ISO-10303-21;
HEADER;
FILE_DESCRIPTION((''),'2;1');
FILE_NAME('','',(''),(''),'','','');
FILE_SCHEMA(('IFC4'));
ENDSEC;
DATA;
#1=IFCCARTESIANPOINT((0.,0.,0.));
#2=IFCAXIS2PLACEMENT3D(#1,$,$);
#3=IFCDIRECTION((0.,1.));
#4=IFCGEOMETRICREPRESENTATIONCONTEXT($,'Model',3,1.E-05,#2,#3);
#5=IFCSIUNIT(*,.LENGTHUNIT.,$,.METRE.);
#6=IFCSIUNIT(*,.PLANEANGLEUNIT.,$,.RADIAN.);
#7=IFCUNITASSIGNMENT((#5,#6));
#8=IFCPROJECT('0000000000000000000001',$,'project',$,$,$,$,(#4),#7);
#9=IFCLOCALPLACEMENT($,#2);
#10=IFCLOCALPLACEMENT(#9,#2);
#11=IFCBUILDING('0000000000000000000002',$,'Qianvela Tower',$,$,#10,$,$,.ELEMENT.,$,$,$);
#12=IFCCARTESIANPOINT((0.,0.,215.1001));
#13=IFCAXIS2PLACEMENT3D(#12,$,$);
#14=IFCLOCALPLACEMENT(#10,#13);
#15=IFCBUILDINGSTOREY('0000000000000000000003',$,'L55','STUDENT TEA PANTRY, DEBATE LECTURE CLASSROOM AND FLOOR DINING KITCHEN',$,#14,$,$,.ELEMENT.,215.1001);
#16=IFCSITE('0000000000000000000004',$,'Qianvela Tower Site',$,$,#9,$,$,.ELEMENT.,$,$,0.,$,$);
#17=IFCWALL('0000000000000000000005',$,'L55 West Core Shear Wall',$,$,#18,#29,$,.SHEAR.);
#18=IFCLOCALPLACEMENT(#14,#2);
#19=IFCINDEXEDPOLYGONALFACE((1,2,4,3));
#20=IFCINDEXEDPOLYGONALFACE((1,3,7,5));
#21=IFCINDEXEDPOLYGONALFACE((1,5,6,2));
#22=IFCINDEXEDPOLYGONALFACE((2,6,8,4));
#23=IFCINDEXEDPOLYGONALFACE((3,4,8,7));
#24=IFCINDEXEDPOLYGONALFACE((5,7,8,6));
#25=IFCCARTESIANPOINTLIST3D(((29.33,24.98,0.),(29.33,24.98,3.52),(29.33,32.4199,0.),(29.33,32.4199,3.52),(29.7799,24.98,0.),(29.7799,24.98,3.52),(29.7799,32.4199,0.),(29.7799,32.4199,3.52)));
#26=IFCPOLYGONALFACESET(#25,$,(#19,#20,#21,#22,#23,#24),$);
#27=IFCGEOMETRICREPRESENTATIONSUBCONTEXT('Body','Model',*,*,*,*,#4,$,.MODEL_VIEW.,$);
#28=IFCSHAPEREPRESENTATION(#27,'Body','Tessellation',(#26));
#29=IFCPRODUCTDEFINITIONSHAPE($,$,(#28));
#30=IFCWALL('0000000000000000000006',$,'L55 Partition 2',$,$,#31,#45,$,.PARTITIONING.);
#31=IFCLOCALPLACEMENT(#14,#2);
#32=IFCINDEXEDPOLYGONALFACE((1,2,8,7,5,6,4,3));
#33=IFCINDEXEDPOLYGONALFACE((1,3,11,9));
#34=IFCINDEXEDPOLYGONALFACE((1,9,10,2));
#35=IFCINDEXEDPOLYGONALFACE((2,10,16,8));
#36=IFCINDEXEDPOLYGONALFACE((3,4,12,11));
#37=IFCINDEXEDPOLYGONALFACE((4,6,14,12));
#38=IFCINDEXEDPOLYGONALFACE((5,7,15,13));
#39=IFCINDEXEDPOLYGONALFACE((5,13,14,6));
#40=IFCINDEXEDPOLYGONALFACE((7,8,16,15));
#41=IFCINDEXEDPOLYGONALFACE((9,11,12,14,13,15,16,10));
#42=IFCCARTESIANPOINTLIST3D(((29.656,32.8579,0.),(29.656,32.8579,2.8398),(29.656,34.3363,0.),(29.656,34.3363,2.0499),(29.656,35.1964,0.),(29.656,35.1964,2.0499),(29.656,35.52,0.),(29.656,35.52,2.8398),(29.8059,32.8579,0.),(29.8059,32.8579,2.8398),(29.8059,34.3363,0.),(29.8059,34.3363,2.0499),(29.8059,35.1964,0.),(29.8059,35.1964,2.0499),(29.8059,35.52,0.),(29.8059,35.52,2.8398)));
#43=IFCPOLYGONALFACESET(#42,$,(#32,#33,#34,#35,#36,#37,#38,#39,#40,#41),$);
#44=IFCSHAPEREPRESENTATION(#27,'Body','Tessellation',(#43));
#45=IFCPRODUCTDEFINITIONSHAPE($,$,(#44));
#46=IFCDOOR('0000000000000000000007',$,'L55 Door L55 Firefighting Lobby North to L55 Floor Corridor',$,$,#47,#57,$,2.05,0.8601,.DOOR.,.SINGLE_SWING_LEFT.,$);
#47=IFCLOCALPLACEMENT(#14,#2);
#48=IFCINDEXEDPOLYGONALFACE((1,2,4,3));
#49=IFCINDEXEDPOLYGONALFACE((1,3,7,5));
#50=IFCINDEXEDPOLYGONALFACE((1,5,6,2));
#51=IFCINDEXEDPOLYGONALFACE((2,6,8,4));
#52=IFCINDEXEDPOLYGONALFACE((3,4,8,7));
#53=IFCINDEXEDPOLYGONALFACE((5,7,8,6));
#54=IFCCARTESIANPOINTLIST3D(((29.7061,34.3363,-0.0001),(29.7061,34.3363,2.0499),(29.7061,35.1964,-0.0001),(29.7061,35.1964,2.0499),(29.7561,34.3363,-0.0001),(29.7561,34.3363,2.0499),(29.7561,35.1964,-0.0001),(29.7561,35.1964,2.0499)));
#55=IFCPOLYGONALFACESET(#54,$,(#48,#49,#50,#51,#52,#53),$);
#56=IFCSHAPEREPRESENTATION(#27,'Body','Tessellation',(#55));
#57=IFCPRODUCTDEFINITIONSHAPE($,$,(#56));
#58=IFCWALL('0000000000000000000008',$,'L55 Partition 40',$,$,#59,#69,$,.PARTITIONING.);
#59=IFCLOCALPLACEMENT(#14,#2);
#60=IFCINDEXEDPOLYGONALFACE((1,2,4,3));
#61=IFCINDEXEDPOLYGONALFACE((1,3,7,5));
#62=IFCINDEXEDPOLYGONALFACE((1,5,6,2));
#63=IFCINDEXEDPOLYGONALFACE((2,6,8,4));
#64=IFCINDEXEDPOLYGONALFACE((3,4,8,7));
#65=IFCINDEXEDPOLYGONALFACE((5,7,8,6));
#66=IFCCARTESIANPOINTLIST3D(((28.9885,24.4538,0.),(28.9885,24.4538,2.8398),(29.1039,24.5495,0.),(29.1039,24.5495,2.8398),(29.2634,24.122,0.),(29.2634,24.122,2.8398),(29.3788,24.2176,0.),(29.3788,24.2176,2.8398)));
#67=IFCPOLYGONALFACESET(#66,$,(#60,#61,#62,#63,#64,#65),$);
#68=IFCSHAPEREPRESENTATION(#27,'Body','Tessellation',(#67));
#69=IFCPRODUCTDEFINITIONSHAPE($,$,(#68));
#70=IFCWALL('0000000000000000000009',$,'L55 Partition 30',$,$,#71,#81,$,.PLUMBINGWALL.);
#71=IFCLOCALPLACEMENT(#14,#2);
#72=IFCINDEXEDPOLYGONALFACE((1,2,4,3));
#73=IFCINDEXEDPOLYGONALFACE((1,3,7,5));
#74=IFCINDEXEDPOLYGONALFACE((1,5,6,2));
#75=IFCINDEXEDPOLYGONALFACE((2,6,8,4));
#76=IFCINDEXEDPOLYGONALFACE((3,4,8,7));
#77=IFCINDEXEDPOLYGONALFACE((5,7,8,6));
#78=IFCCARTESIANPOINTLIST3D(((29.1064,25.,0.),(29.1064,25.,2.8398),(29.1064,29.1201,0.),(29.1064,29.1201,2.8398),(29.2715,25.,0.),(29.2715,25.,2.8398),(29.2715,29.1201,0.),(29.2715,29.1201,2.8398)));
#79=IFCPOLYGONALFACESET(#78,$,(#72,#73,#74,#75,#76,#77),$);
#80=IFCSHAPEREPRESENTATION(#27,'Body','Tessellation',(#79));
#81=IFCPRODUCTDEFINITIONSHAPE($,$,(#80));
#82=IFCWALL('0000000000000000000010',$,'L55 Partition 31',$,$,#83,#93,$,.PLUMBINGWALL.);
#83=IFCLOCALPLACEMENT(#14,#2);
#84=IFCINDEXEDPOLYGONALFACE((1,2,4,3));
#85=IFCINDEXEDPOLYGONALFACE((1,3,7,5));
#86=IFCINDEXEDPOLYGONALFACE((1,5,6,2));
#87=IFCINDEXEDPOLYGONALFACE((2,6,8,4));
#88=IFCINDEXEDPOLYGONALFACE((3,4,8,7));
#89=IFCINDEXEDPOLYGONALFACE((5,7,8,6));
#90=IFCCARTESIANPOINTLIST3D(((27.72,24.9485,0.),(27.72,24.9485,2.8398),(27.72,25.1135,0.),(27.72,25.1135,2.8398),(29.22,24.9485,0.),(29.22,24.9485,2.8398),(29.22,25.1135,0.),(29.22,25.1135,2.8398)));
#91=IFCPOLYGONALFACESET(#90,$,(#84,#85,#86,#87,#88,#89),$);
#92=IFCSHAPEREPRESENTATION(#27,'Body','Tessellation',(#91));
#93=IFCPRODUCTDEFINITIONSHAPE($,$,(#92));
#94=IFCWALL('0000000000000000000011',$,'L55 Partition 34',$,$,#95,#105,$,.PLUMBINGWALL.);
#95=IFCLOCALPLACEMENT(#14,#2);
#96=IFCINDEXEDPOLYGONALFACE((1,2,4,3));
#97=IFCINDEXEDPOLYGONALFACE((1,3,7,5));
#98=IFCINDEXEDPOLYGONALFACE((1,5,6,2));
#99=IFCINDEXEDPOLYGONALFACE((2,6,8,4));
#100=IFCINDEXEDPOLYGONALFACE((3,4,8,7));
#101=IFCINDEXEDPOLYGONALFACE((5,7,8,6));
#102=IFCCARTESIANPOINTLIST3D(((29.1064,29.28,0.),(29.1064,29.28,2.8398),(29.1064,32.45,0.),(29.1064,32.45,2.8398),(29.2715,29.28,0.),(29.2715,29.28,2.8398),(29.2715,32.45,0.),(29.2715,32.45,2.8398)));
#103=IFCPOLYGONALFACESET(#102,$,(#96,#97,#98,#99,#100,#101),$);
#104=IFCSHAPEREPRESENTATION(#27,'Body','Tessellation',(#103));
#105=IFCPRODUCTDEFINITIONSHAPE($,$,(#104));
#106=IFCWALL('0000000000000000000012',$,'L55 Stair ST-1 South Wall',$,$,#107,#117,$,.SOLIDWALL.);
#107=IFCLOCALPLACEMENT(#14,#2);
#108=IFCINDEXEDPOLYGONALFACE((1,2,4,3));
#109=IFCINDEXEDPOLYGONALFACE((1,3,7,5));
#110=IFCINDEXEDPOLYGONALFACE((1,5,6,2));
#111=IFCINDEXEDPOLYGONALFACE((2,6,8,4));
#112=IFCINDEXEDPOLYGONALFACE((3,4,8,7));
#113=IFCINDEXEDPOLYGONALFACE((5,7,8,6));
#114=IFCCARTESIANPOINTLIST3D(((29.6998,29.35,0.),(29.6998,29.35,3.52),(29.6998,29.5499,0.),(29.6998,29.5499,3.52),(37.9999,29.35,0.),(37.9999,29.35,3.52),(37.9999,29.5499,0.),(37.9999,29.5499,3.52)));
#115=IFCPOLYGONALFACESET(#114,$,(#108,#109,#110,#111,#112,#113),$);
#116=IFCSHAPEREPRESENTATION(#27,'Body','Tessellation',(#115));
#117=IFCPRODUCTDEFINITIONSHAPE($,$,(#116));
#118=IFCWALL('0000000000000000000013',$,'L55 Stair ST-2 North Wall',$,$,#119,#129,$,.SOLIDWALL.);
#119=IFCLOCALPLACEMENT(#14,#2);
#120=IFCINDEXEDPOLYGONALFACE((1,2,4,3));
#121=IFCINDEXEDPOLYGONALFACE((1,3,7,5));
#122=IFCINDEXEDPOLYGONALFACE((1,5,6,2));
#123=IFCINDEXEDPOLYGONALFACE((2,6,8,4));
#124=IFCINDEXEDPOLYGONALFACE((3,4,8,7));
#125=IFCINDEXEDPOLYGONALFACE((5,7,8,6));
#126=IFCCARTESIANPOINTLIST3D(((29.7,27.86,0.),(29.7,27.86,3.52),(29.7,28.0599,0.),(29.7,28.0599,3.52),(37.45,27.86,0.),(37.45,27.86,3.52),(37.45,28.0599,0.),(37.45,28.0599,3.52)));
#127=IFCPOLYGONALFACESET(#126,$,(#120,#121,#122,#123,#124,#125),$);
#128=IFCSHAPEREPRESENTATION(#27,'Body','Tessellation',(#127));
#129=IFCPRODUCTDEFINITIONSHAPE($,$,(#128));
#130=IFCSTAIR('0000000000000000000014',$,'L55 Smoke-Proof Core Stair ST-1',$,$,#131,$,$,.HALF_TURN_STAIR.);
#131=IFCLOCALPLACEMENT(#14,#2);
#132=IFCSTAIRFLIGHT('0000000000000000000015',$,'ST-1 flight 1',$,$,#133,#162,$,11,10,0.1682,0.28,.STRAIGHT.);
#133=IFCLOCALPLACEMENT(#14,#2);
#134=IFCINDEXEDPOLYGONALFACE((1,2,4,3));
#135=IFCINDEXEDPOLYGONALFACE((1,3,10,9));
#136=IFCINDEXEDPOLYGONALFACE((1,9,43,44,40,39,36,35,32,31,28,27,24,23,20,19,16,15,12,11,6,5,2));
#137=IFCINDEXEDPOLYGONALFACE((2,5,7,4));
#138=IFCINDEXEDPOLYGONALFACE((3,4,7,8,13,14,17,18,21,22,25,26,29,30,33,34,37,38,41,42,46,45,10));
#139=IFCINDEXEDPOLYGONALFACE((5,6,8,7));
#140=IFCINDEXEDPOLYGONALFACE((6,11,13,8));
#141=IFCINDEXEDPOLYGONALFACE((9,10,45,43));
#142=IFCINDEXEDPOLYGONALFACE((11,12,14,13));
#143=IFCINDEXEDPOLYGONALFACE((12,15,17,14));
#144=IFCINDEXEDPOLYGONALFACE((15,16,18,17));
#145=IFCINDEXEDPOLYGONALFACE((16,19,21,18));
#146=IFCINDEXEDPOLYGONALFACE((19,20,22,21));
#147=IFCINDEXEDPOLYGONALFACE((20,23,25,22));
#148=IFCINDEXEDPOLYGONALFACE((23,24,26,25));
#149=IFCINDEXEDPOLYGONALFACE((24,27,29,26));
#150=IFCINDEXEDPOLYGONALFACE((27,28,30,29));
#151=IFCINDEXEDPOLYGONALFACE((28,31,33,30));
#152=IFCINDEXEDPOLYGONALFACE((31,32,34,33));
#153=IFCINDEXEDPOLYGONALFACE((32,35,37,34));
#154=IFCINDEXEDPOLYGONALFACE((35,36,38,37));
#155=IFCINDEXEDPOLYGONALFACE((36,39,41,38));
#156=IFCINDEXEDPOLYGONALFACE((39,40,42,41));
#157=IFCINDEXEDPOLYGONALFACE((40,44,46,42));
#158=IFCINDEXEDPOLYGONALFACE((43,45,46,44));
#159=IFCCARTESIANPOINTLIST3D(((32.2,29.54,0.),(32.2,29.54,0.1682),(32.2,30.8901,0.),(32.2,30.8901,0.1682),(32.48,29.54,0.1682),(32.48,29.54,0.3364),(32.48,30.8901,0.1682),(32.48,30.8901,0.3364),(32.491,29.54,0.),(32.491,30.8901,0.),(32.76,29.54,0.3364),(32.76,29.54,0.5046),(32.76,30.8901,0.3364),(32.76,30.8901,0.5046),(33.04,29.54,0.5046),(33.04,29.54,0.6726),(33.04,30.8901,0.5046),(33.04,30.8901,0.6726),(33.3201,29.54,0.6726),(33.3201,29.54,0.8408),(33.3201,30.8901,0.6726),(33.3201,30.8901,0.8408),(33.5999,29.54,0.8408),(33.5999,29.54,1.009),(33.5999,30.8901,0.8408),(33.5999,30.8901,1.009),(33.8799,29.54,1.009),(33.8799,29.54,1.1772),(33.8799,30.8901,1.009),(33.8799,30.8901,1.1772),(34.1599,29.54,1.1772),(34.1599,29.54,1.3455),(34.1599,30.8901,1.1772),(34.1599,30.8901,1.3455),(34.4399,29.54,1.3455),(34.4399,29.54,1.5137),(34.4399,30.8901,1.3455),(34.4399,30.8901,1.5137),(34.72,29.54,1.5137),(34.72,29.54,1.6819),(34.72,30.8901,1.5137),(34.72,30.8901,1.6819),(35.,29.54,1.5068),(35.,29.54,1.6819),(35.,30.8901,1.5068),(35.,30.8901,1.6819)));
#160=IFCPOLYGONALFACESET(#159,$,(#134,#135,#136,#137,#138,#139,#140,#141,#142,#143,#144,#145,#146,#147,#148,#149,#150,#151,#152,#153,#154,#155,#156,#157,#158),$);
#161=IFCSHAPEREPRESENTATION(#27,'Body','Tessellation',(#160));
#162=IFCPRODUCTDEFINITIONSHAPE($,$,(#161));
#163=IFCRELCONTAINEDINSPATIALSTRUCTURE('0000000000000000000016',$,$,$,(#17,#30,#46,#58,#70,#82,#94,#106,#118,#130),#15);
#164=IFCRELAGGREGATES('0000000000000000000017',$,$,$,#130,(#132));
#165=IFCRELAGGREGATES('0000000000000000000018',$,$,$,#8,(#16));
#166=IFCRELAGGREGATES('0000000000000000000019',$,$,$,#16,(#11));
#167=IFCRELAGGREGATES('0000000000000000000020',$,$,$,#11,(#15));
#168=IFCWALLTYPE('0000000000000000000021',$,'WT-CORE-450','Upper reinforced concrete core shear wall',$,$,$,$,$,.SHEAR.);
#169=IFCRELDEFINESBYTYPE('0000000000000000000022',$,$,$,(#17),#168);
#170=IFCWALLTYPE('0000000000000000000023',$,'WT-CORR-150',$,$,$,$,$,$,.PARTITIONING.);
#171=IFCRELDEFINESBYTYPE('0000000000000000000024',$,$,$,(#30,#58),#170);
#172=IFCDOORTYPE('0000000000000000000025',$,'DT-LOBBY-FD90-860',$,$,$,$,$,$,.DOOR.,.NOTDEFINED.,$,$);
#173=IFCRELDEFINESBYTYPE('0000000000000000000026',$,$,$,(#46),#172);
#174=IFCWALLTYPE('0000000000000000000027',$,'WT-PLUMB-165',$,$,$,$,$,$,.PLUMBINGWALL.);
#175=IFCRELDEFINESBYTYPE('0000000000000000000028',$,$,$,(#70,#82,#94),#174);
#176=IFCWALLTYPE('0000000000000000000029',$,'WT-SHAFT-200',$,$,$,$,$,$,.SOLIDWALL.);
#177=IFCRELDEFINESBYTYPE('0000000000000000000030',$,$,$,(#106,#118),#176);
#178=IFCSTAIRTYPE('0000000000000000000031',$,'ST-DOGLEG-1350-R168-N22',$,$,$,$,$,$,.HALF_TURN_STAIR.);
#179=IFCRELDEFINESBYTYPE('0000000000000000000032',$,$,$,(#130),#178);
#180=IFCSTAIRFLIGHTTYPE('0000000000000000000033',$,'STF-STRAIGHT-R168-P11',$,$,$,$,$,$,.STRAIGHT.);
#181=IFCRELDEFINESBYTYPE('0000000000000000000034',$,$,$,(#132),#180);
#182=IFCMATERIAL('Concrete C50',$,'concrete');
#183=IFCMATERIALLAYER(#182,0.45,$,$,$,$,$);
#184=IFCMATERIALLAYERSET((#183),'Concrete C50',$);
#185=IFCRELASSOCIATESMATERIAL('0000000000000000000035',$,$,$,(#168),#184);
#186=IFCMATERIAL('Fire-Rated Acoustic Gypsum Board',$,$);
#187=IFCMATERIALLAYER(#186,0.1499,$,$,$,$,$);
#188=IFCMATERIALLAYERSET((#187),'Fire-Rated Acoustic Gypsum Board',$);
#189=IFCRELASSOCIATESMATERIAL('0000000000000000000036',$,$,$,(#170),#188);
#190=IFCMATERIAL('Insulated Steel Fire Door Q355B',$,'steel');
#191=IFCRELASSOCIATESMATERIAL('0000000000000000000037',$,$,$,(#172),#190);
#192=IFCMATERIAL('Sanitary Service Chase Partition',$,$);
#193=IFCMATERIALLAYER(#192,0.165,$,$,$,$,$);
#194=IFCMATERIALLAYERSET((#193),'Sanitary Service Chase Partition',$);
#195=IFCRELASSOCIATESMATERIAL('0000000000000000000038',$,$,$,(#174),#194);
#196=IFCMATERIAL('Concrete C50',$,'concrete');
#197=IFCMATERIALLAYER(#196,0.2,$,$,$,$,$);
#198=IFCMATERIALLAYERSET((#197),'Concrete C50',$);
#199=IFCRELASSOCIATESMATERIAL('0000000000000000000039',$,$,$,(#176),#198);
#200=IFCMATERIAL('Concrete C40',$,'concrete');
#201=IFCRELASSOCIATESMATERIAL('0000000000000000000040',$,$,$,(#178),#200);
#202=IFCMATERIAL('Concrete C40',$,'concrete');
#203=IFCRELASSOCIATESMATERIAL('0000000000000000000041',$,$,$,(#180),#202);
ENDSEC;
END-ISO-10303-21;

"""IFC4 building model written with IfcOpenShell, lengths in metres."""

from ifc_helpers import new_model, si_unit, direction, frame, frame_2d, origin, place, context, subcontext, project, spatial, polyline, rectangle, outline, extrude, material, layer, layer_set, type_object, element, fill, aggregate, save


model = new_model("IFC4")

# Units and contexts
model_context = context("Model", 3, precision=1e-05, world=origin(), true_north=direction((0.0, 1.0)))
body_context = subcontext(model_context, "Body", "Model", "MODEL_VIEW")
ifc_project = project(units=[si_unit("LENGTHUNIT", "METRE"), si_unit("PLANEANGLEUNIT", "RADIAN")], contexts=[model_context])

# Site, building, storey
site_placement = place(None, origin())
site = spatial("IfcSite", under=ifc_project, at=site_placement, Name="Qianvela Tower Site", CompositionType="ELEMENT", RefElevation=0.0)
building_placement = place(site_placement, origin())
building = spatial("IfcBuilding", under=site, at=building_placement, Name="Qianvela Tower", CompositionType="ELEMENT")
storey_placement = place(building_placement, frame((0.0, 0.0, 215.1001)))
storey = spatial("IfcBuildingStorey", under=building, at=storey_placement, Name="L55", Description="STUDENT TEA PANTRY, DEBATE LECTURE CLASSROOM AND FLOOR DINING KITCHEN", CompositionType="ELEMENT", Elevation=215.1001)

# Shared definitions
ifc_material_1 = material(Name="Concrete C50", Category="concrete")
ifc_layer_1 = layer(ifc_material_1, 0.45)
ifc_layer_set_1 = layer_set([ifc_layer_1], Name="Concrete C50")
wall_type_1 = type_object("IfcWallType", Name="WT-CORE-450", Description="Upper reinforced concrete core shear wall", PredefinedType="SHEAR", material=ifc_layer_set_1)

# Wall
wall_1_placement = place(storey_placement, frame((29.5549, 24.98, 0.0), z_axis=(0.0, 0.0, 1.0), x_axis=(0.0, 1.0, 0.0)))
element("IfcWall", 1, at=wall_1_placement, inside=storey, type_object=wall_type_1, Name="L55 West Core Shear Wall", PredefinedType="SHEAR", context=body_context, shape_type="SweptSolid", body=[
    extrude(rectangle(XDim=7.4399, YDim=0.45, at=frame_2d((3.72, 0.0))), origin(), (0.0, 0.0, 1.0), 3.52),
])

# Wall, opening, door
ifc_material_2 = material(Name="Fire-Rated Acoustic Gypsum Board")
ifc_layer_2 = layer(ifc_material_2, 0.1499)
ifc_layer_set_2 = layer_set([ifc_layer_2], Name="Fire-Rated Acoustic Gypsum Board")
wall_type_2 = type_object("IfcWallType", Name="WT-CORR-150", PredefinedType="PARTITIONING", material=ifc_layer_set_2)
wall_2_placement = place(storey_placement, frame((29.731, 32.8579, 0.0), z_axis=(0.0, 0.0, 1.0), x_axis=(0.0, 1.0, 0.0)))
wall_2 = element("IfcWall", 2, at=wall_2_placement, inside=storey, type_object=wall_type_2, Name="L55 Partition 2", PredefinedType="PARTITIONING", context=body_context, shape_type="SweptSolid", body=[
    extrude(rectangle(XDim=2.6621, YDim=0.1499, at=frame_2d((1.3311, 0.0))), origin(), (0.0, 0.0, 1.0), 2.8398),
])
opening_1_placement = place(wall_2_placement, frame((1.4783, 0.0, 0.0)))
opening_1 = element("IfcOpeningElement", 3, at=opening_1_placement, cuts=wall_2, PredefinedType="OPENING", context=body_context, shape_type="SweptSolid", body=[
    extrude(rectangle(XDim=0.8601, YDim=2.05, at=frame_2d((0.4302, 1.0249))), frame((0.0, 0.085, 0.0), z_axis=(0.0, -1.0, 0.0), x_axis=(1.0, 0.0, 0.0)), (0.0, 0.0, 1.0), 0.1699),
])
ifc_material_3 = material(Name="Insulated Steel Fire Door Q355B", Category="steel")
door_type_1 = type_object("IfcDoorType", Name="DT-LOBBY-FD90-860", OperationType="NOTDEFINED", PredefinedType="DOOR", material=ifc_material_3)
door_1_placement = place(opening_1_placement, origin())
door_1 = element("IfcDoor", 4, at=door_1_placement, inside=storey, type_object=door_type_1, Name="L55 Door L55 Firefighting Lobby North to L55 Floor Corridor", OperationType="SINGLE_SWING_LEFT", OverallHeight=2.05, OverallWidth=0.8601, PredefinedType="DOOR", context=body_context, shape_type="SweptSolid", body=[
    extrude(rectangle(XDim=0.8601, YDim=2.05, at=frame_2d((0.4302, 1.0249))), frame((0.0, 0.0249, 0.0), z_axis=(0.0, -1.0, 0.0), x_axis=(1.0, 0.0, 0.0)), (0.0, 0.0, 1.0), 0.05),
])
fill(opening_1, door_1)

# Walls
wall_3_placement = place(storey_placement, frame((29.321, 24.1699, 0.0), z_axis=(0.0, 0.0, 1.0), x_axis=(-0.638008, 0.77003, 0.0)))
element("IfcWall", 5, at=wall_3_placement, inside=storey, type_object=wall_type_2, Name="L55 Partition 40", PredefinedType="PARTITIONING", context=body_context, shape_type="SweptSolid", body=[
    extrude(rectangle(XDim=0.4309, YDim=0.1499, at=frame_2d((0.2153, 0.0))), origin(), (0.0, 0.0, 1.0), 2.8398),
])
ifc_material_4 = material(Name="Sanitary Service Chase Partition")
ifc_layer_3 = layer(ifc_material_4, 0.165)
ifc_layer_set_3 = layer_set([ifc_layer_3], Name="Sanitary Service Chase Partition")
wall_type_3 = type_object("IfcWallType", Name="WT-PLUMB-165", PredefinedType="PLUMBINGWALL", material=ifc_layer_set_3)
wall_4_placement = place(storey_placement, frame((29.189, 29.1201, 0.0), z_axis=(0.0, 0.0, 1.0), x_axis=(0.0, -1.0, 0.0)))
element("IfcWall", 6, at=wall_4_placement, inside=storey, type_object=wall_type_3, Name="L55 Partition 30", PredefinedType="PLUMBINGWALL", context=body_context, shape_type="SweptSolid", body=[
    extrude(rectangle(XDim=4.1201, YDim=0.165, at=frame_2d((2.0601, 0.0))), origin(), (0.0, 0.0, 1.0), 2.8398),
])
wall_5_placement = place(storey_placement, frame((29.22, 25.031, 0.0), z_axis=(0.0, 0.0, 1.0), x_axis=(-1.0, 0.0, 0.0)))
element("IfcWall", 7, at=wall_5_placement, inside=storey, type_object=wall_type_3, Name="L55 Partition 31", PredefinedType="PLUMBINGWALL", context=body_context, shape_type="SweptSolid", body=[
    extrude(rectangle(XDim=1.5, YDim=0.165, at=frame_2d((0.75, 0.0))), origin(), (0.0, 0.0, 1.0), 2.8398),
])
wall_6_placement = place(storey_placement, frame((29.189, 32.45, 0.0), z_axis=(0.0, 0.0, 1.0), x_axis=(0.0, -1.0, 0.0)))
element("IfcWall", 8, at=wall_6_placement, inside=storey, type_object=wall_type_3, Name="L55 Partition 34", PredefinedType="PLUMBINGWALL", context=body_context, shape_type="SweptSolid", body=[
    extrude(rectangle(XDim=3.1699, YDim=0.165, at=frame_2d((1.585, 0.0))), origin(), (0.0, 0.0, 1.0), 2.8398),
])
ifc_material_5 = material(Name="Concrete C50", Category="concrete")
ifc_layer_4 = layer(ifc_material_5, 0.2)
ifc_layer_set_4 = layer_set([ifc_layer_4], Name="Concrete C50")
wall_type_4 = type_object("IfcWallType", Name="WT-SHAFT-200", PredefinedType="SOLIDWALL", material=ifc_layer_set_4)
wall_7_placement = place(storey_placement, frame((29.7, 29.45, 0.0), z_axis=(0.0, 0.0, 1.0), x_axis=(1.0, 0.0, 0.0)))
element("IfcWall", 9, at=wall_7_placement, inside=storey, type_object=wall_type_4, Name="L55 Stair ST-1 South Wall", PredefinedType="SOLIDWALL", context=body_context, shape_type="SweptSolid", body=[
    extrude(rectangle(XDim=8.3, YDim=0.2, at=frame_2d((4.1499, 0.0))), origin(), (0.0, 0.0, 1.0), 3.52),
])
wall_8_placement = place(storey_placement, frame((29.7, 27.96, 0.0), z_axis=(0.0, 0.0, 1.0), x_axis=(1.0, 0.0, 0.0)))
element("IfcWall", 10, at=wall_8_placement, inside=storey, type_object=wall_type_4, Name="L55 Stair ST-2 North Wall", PredefinedType="SOLIDWALL", context=body_context, shape_type="SweptSolid", body=[
    extrude(rectangle(XDim=7.75, YDim=0.2, at=frame_2d((3.875, 0.0))), origin(), (0.0, 0.0, 1.0), 3.52),
])

# Stair, stair flight
ifc_material_6 = material(Name="Concrete C40", Category="concrete")
stair_type = type_object("IfcStairType", Name="ST-DOGLEG-1350-R168-N22", PredefinedType="HALF_TURN_STAIR", material=ifc_material_6)
stair_1_placement = place(storey_placement, origin())
stair_1 = element("IfcStair", 11, at=stair_1_placement, inside=storey, type_object=stair_type, Name="L55 Smoke-Proof Core Stair ST-1", PredefinedType="HALF_TURN_STAIR")
ifc_material_7 = material(Name="Concrete C40", Category="concrete")
stair_flight_type = type_object("IfcStairFlightType", Name="STF-STRAIGHT-R168-P11", PredefinedType="STRAIGHT", material=ifc_material_7)
stair_flight_1_placement = place(storey_placement, frame((32.2, 30.2151, 0.0), z_axis=(0.0, 0.0, 1.0), x_axis=(1.0, 0.0, 0.0)))
stair_flight_1 = element("IfcStairFlight", 12, at=stair_flight_1_placement, type_object=stair_flight_type, Name="ST-1 flight 1", NumberOfRisers=11, NumberOfTreads=10, PredefinedType="STRAIGHT", RiserHeight=0.1682, TreadLength=0.28, context=body_context, shape_type="SweptSolid", body=[
    extrude(outline(polyline([(0.0, 0.0), (0.0, 0.1682), (0.28, 0.1682), (0.28, 0.3364), (0.5601, 0.3364), (0.5601, 0.5046), (0.8401, 0.5046), (0.8401, 0.6726), (1.1201, 0.6726), (1.1201, 0.8408), (1.3999, 0.8408), (1.3999, 1.009), (1.6799, 1.009), (1.6799, 1.1772), (1.96, 1.1772), (1.96, 1.3455), (2.24, 1.3455), (2.24, 1.5137), (2.52, 1.5137), (2.52, 1.6819), (2.8, 1.6819), (2.8, 1.8501), (2.8, 1.5068), (0.291, 0.0), (0.0, 0.0)])), frame((0.0, 0.675, 0.0), z_axis=(0.0, -1.0, 0.0), x_axis=(1.0, 0.0, 0.0)), (0.0, 0.0, 1.0), 1.3501),
])
aggregate(stair_1, [stair_flight_1])

save(model, "model.ifc")
